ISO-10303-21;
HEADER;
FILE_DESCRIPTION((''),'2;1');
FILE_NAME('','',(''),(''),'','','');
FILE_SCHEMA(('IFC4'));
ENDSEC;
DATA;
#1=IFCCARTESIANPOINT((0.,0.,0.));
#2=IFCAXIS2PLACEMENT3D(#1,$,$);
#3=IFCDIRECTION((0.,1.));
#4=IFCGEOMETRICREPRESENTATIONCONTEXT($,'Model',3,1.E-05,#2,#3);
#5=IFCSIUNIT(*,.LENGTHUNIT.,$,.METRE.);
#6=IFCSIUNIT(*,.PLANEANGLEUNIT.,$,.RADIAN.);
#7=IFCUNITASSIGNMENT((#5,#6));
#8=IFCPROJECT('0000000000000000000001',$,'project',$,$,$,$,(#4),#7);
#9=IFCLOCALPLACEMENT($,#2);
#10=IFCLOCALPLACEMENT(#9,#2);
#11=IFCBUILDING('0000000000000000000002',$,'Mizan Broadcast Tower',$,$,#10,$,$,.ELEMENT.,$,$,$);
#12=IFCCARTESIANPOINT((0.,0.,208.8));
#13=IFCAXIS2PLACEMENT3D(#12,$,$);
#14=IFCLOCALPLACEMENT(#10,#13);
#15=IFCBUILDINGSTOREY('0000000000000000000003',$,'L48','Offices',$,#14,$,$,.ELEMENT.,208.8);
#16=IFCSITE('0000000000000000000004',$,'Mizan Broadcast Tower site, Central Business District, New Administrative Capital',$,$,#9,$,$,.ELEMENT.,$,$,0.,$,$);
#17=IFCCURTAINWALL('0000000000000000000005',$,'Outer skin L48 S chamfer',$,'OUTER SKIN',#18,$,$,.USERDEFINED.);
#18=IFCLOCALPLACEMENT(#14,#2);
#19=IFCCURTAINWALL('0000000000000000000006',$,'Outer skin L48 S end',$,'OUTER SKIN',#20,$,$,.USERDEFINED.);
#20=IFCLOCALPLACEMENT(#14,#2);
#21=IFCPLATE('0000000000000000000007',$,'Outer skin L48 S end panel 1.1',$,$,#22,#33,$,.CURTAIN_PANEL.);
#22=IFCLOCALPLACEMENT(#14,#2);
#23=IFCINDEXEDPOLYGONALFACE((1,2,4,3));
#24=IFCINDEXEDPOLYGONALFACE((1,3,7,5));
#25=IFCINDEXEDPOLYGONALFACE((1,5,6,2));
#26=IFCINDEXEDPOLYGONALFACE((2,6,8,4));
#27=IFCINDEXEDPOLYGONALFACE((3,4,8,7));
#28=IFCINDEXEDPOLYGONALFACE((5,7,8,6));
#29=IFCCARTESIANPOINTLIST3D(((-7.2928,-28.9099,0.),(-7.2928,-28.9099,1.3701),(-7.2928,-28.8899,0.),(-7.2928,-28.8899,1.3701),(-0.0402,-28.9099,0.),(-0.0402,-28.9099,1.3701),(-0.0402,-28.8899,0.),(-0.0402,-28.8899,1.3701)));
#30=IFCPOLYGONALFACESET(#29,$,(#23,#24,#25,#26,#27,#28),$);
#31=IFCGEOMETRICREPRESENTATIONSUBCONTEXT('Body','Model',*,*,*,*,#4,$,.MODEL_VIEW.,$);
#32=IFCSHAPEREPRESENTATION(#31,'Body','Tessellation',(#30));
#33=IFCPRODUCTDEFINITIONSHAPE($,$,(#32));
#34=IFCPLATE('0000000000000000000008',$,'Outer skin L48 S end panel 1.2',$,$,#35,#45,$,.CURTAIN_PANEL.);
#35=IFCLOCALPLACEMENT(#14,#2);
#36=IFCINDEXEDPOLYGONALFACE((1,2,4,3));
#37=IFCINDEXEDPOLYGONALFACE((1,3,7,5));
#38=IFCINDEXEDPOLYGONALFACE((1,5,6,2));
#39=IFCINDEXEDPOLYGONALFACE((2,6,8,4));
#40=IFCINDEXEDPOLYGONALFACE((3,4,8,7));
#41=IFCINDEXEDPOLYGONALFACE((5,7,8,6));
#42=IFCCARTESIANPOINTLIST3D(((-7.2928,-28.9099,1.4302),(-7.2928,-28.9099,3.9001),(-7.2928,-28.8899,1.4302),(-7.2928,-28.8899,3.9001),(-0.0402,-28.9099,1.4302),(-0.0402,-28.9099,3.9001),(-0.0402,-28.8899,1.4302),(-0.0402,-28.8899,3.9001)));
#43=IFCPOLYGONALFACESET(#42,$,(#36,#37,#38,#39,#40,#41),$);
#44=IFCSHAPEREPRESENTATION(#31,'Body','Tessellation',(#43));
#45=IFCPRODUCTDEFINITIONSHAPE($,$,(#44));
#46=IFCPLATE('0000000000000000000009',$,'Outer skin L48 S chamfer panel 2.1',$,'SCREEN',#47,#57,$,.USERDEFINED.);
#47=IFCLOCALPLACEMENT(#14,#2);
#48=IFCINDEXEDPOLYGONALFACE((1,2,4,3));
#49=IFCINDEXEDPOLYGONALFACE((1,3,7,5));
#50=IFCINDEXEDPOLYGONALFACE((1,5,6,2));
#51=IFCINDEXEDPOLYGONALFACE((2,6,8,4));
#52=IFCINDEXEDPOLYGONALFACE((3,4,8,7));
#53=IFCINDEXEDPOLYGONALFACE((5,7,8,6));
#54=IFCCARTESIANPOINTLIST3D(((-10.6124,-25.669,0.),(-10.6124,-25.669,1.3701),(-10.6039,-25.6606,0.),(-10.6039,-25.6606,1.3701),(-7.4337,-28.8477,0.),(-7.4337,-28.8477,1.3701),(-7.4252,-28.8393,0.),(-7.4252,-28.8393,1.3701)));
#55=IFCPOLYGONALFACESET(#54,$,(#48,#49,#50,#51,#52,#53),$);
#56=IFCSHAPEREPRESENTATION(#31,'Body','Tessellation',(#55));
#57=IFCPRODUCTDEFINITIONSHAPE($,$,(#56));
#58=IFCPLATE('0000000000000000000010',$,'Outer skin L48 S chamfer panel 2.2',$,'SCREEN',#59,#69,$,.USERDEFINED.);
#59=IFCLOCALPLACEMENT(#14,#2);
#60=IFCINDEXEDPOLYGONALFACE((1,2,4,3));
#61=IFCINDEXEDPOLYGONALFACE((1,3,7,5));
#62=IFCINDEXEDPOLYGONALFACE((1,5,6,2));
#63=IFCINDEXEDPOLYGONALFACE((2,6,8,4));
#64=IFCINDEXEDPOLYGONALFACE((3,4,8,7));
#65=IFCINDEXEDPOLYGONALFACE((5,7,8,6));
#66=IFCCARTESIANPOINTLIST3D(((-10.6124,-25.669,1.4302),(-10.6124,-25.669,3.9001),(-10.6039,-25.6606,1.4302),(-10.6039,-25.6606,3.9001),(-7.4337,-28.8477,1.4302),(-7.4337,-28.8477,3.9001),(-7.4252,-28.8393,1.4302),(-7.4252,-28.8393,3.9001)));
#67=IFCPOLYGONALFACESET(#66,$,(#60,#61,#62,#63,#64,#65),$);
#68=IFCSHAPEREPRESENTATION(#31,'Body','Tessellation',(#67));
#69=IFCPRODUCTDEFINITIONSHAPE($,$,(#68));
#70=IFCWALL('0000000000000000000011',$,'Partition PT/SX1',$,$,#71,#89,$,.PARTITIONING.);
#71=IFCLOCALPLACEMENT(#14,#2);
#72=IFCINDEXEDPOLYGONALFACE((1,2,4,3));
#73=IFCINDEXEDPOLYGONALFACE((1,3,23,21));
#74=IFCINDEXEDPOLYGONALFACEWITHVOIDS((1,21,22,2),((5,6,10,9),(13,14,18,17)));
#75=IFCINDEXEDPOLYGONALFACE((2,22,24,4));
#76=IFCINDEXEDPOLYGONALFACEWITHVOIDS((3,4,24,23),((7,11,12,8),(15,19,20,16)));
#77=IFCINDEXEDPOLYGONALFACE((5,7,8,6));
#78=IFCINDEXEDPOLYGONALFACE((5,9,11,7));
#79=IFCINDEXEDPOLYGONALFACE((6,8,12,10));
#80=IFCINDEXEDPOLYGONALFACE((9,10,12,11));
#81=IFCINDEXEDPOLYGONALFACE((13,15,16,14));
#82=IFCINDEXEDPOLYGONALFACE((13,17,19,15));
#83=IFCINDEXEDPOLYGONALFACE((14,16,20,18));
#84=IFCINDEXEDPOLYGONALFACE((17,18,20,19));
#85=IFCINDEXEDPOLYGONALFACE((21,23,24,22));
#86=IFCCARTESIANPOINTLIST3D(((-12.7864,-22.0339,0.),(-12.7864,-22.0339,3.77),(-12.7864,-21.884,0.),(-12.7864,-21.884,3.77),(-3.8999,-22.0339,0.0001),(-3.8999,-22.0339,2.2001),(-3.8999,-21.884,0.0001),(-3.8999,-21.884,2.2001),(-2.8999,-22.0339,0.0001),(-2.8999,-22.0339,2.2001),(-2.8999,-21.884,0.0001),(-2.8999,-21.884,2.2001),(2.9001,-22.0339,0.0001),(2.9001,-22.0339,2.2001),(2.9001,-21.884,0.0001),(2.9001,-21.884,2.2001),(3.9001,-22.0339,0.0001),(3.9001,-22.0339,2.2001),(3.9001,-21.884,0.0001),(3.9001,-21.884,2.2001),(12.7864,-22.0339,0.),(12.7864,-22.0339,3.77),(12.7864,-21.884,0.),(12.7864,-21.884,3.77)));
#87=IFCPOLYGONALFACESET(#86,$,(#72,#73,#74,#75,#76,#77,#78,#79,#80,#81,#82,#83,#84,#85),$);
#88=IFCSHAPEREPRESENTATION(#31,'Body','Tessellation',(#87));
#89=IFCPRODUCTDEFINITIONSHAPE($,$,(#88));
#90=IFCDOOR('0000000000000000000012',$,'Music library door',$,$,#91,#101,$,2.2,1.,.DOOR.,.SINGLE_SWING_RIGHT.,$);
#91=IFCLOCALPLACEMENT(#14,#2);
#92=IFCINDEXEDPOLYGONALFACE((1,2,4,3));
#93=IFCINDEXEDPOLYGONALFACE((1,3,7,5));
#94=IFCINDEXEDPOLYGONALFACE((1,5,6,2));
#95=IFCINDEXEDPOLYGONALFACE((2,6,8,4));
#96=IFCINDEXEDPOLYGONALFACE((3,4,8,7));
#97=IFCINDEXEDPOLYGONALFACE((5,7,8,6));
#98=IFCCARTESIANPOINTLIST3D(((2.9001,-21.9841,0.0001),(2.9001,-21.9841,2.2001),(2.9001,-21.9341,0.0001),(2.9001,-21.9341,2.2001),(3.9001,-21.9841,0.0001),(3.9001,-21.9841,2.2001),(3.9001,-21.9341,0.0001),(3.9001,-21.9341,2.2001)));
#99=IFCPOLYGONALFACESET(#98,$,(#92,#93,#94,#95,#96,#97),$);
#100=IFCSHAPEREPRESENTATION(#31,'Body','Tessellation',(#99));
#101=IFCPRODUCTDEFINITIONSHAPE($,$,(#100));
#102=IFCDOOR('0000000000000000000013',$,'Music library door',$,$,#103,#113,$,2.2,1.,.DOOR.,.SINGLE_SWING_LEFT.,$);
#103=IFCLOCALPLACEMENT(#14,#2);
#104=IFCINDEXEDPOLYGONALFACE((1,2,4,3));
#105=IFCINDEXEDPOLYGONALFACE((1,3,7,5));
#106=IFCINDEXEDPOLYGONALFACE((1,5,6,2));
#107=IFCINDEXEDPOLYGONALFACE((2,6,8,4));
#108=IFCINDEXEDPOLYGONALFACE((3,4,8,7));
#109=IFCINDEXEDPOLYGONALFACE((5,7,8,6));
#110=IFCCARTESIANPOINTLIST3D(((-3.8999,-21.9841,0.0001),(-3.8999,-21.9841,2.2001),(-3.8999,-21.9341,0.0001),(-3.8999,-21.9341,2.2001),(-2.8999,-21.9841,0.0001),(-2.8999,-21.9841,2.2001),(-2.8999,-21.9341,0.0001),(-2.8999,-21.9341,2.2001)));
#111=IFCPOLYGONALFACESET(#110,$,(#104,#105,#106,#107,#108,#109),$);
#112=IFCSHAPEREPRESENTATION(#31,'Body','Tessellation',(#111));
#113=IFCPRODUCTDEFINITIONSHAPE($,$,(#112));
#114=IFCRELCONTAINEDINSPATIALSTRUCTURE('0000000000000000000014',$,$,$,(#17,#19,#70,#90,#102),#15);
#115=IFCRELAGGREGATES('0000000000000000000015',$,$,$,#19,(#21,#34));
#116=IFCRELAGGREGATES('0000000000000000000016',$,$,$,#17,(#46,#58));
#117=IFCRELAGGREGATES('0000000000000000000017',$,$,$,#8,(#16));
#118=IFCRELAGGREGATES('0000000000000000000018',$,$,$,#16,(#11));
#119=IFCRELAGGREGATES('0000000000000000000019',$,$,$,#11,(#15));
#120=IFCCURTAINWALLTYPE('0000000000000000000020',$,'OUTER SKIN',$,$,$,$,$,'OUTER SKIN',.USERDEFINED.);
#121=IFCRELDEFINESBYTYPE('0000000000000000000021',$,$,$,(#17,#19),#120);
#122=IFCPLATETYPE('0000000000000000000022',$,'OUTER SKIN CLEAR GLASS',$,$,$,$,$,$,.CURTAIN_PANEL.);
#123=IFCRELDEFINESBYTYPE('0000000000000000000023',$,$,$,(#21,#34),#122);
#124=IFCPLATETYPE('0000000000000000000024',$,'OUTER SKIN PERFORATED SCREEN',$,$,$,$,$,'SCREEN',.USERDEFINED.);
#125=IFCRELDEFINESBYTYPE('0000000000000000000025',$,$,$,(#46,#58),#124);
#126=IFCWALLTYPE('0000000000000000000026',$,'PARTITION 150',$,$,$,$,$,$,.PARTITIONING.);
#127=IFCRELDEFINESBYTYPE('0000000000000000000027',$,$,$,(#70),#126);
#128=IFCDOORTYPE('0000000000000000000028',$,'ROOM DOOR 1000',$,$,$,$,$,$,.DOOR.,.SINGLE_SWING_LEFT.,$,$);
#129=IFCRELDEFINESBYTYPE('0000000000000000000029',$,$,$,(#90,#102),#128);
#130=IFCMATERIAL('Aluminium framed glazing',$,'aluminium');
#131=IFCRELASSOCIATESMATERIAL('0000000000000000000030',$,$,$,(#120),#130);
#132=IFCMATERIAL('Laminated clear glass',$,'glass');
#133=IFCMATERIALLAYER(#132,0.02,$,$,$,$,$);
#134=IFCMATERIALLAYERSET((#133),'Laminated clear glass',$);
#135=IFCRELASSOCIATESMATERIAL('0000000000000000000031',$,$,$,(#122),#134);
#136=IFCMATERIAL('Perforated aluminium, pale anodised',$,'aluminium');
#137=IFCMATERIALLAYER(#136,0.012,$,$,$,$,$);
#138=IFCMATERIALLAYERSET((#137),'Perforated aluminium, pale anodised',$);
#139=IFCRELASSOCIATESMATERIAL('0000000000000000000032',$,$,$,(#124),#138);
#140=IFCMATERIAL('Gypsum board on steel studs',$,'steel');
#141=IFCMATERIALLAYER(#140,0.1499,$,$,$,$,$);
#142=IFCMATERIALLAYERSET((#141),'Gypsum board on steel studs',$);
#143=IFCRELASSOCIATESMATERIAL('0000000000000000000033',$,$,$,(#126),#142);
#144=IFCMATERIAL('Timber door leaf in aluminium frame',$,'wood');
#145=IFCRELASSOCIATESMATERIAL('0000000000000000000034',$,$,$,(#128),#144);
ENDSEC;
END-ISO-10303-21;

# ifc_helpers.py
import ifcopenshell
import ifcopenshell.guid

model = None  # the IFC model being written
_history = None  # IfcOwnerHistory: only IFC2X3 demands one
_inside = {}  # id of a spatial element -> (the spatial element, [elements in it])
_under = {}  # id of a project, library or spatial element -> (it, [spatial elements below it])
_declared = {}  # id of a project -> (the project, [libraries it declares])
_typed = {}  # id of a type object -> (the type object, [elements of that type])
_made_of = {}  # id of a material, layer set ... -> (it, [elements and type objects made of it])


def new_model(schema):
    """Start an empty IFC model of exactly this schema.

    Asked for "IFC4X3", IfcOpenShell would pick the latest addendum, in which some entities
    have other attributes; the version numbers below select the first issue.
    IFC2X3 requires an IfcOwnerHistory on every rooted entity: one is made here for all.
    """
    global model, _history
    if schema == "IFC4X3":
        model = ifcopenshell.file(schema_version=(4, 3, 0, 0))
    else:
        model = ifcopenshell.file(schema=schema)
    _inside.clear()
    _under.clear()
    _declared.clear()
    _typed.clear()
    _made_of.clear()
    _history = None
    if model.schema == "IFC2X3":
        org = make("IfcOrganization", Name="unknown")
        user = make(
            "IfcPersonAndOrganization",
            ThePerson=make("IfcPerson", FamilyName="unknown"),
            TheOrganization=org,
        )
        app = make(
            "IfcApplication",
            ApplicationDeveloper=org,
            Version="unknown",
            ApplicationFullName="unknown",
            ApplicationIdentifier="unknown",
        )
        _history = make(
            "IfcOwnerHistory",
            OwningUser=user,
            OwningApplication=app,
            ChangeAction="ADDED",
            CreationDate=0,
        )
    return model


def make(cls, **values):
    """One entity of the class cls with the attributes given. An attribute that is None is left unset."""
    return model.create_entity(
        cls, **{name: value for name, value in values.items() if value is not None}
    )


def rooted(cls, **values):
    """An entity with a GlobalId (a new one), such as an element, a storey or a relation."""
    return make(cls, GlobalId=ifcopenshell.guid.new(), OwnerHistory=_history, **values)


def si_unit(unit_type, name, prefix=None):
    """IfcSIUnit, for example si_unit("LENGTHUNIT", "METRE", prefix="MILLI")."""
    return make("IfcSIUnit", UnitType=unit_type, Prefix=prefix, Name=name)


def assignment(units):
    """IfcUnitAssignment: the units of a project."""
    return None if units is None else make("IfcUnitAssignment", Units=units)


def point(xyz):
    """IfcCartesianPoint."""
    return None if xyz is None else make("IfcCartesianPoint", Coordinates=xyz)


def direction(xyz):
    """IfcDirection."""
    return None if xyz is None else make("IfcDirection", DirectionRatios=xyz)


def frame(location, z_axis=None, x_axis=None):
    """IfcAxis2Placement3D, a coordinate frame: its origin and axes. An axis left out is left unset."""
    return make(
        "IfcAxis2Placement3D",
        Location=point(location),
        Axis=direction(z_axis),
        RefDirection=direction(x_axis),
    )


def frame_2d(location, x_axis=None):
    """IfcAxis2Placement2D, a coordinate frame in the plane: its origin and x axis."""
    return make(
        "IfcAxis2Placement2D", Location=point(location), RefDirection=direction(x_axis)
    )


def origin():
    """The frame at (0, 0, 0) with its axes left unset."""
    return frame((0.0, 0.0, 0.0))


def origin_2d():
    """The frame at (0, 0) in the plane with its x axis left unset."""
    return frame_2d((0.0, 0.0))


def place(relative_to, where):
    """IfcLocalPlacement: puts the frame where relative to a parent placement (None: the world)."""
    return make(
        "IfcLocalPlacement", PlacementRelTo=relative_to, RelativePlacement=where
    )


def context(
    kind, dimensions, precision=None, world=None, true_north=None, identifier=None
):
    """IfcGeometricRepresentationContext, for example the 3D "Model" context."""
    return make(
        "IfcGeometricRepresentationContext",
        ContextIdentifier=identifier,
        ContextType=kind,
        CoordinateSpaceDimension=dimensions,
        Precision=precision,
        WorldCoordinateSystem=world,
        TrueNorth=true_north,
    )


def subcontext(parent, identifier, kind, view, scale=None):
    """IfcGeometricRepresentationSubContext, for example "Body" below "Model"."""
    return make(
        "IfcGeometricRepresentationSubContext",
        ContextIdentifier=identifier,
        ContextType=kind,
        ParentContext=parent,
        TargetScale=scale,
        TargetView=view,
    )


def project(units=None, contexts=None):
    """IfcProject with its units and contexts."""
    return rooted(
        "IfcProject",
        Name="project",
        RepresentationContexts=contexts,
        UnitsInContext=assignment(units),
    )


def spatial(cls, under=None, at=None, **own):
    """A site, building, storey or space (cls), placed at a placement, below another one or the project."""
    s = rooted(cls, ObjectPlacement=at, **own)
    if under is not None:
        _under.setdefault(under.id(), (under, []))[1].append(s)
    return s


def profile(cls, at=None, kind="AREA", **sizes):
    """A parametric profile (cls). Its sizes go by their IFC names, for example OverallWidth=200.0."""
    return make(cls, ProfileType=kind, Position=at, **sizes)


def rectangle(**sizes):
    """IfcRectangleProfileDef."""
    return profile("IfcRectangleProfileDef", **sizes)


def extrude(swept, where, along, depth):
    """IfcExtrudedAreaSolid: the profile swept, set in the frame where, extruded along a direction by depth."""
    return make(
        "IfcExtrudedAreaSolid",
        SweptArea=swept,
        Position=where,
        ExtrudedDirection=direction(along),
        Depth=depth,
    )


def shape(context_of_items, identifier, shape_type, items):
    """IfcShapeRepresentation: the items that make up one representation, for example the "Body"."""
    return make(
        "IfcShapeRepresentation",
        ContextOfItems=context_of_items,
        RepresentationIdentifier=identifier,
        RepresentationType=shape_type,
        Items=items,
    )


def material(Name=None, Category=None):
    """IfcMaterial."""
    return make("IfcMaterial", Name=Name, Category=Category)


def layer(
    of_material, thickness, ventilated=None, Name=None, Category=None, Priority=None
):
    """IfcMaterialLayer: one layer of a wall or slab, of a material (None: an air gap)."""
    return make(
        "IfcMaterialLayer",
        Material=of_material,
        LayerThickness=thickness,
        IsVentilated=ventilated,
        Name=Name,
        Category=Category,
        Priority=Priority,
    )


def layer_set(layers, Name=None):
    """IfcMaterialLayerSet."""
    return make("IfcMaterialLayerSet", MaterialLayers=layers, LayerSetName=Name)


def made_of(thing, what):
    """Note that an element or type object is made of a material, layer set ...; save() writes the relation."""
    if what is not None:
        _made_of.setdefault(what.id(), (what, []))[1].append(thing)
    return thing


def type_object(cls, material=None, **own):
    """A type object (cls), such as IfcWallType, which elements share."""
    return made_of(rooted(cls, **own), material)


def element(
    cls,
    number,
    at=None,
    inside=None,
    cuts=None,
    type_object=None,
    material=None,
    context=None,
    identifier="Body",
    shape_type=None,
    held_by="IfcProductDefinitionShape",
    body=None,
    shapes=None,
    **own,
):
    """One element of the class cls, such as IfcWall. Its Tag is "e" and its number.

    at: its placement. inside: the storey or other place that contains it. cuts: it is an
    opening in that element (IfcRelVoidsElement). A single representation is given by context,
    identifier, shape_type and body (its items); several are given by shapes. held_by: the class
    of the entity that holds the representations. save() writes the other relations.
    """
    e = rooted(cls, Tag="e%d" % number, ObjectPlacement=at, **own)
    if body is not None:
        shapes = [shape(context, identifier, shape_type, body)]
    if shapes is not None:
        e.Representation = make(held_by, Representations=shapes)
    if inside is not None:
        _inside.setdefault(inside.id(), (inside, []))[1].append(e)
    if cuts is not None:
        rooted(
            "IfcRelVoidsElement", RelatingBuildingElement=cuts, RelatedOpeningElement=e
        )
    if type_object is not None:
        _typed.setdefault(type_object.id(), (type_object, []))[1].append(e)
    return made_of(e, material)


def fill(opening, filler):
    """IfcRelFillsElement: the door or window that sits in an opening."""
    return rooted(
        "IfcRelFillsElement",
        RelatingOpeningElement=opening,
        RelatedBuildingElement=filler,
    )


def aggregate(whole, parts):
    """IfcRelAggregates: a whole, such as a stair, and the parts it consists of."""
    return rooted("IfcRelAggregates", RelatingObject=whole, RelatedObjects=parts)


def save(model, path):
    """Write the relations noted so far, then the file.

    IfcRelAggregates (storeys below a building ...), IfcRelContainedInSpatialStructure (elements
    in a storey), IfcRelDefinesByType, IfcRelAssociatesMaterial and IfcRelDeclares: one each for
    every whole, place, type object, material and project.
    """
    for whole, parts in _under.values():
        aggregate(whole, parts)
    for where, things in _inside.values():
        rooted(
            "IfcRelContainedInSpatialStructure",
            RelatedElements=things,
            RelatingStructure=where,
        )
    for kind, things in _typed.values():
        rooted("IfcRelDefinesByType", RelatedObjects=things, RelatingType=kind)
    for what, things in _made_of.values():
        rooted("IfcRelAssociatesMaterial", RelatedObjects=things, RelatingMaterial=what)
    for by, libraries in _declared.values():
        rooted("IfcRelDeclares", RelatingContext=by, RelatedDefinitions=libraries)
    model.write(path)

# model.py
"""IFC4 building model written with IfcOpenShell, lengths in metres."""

from ifc_helpers import new_model, si_unit, direction, frame, frame_2d, origin, origin_2d, place, context, subcontext, project, spatial, rectangle, extrude, material, layer, layer_set, type_object, element, fill, aggregate, save


model = new_model("IFC4")

# Units and contexts
model_context = context("Model", 3, precision=1e-05, world=origin(), true_north=direction((0.0, 1.0)))
body_context = subcontext(model_context, "Body", "Model", "MODEL_VIEW")
ifc_project = project(units=[si_unit("LENGTHUNIT", "METRE"), si_unit("PLANEANGLEUNIT", "RADIAN")], contexts=[model_context])

# Site, building, storey
site_placement = place(None, origin())
site = spatial("IfcSite", under=ifc_project, at=site_placement, Name="Mizan Broadcast Tower site, Central Business District, New Administrative Capital", CompositionType="ELEMENT", RefElevation=0.0)
building_placement = place(site_placement, origin())
building = spatial("IfcBuilding", under=site, at=building_placement, Name="Mizan Broadcast Tower", CompositionType="ELEMENT")
storey_placement = place(building_placement, frame((0.0, 0.0, 208.8)))
storey = spatial("IfcBuildingStorey", under=building, at=storey_placement, Name="L48", Description="Offices", CompositionType="ELEMENT", Elevation=208.8)

# Curtain wall
ifc_material_1 = material(Name="Aluminium framed glazing", Category="aluminium")
curtain_wall_type_1 = type_object("IfcCurtainWallType", Name="OUTER SKIN", ElementType="OUTER SKIN", PredefinedType="USERDEFINED", material=ifc_material_1)
curtain_wall_1_placement = place(storey_placement, origin())
curtain_wall_1 = element("IfcCurtainWall", 1, at=curtain_wall_1_placement, inside=storey, type_object=curtain_wall_type_1, Name="Outer skin L48 S chamfer", ObjectType="OUTER SKIN", PredefinedType="USERDEFINED")

# Curtain wall
curtain_wall_2_placement = place(storey_placement, origin())
curtain_wall_2 = element("IfcCurtainWall", 2, at=curtain_wall_2_placement, inside=storey, type_object=curtain_wall_type_1, Name="Outer skin L48 S end", ObjectType="OUTER SKIN", PredefinedType="USERDEFINED")

# Plates
ifc_material_2 = material(Name="Laminated clear glass", Category="glass")
ifc_layer_1 = layer(ifc_material_2, 0.02)
ifc_layer_set_1 = layer_set([ifc_layer_1], Name="Laminated clear glass")
plate_type_1 = type_object("IfcPlateType", Name="OUTER SKIN CLEAR GLASS", PredefinedType="CURTAIN_PANEL", material=ifc_layer_set_1)
plate_1_placement = place(storey_placement, frame((-3.6665, -28.8999, 0.0), z_axis=(0.0, 0.0, 1.0), x_axis=(1.0, 0.0, 0.0)))
plate_1 = element("IfcPlate", 3, at=plate_1_placement, type_object=plate_type_1, Name="Outer skin L48 S end panel 1.1", PredefinedType="CURTAIN_PANEL", context=body_context, shape_type="SweptSolid", body=[
    extrude(rectangle(XDim=7.2527, YDim=0.02, at=origin_2d()), origin(), (0.0, 0.0, 1.0), 1.3701),
])
plate_2_placement = place(storey_placement, frame((-3.6665, -28.8999, 1.4302), z_axis=(0.0, 0.0, 1.0), x_axis=(1.0, 0.0, 0.0)))
plate_2 = element("IfcPlate", 4, at=plate_2_placement, type_object=plate_type_1, Name="Outer skin L48 S end panel 1.2", PredefinedType="CURTAIN_PANEL", context=body_context, shape_type="SweptSolid", body=[
    extrude(rectangle(XDim=7.2527, YDim=0.02, at=origin_2d()), origin(), (0.0, 0.0, 1.0), 2.47),
])
aggregate(curtain_wall_2, [plate_1, plate_2])
ifc_material_3 = material(Name="Perforated aluminium, pale anodised", Category="aluminium")
ifc_layer_2 = layer(ifc_material_3, 0.012)
ifc_layer_set_2 = layer_set([ifc_layer_2], Name="Perforated aluminium, pale anodised")
plate_type_2 = type_object("IfcPlateType", Name="OUTER SKIN PERFORATED SCREEN", ElementType="SCREEN", PredefinedType="USERDEFINED", material=ifc_layer_set_2)
plate_3_placement = place(storey_placement, frame((-9.0188, -27.2542, 0.0), z_axis=(0.0, 0.0, 1.0), x_axis=(0.707107, -0.707107, 0.0)))
plate_3 = element("IfcPlate", 5, at=plate_3_placement, type_object=plate_type_2, Name="Outer skin L48 S chamfer panel 2.1", ObjectType="SCREEN", PredefinedType="USERDEFINED", context=body_context, shape_type="SweptSolid", body=[
    extrude(rectangle(XDim=4.4954, YDim=0.012, at=origin_2d()), origin(), (0.0, 0.0, 1.0), 1.3701),
])
plate_4_placement = place(storey_placement, frame((-9.0188, -27.2542, 1.4302), z_axis=(0.0, 0.0, 1.0), x_axis=(0.707107, -0.707107, 0.0)))
plate_4 = element("IfcPlate", 6, at=plate_4_placement, type_object=plate_type_2, Name="Outer skin L48 S chamfer panel 2.2", ObjectType="SCREEN", PredefinedType="USERDEFINED", context=body_context, shape_type="SweptSolid", body=[
    extrude(rectangle(XDim=4.4954, YDim=0.012, at=origin_2d()), origin(), (0.0, 0.0, 1.0), 2.47),
])
aggregate(curtain_wall_1, [plate_3, plate_4])

# Wall, openings, doors
ifc_material_4 = material(Name="Gypsum board on steel studs", Category="steel")
ifc_layer_3 = layer(ifc_material_4, 0.1499)
ifc_layer_set_3 = layer_set([ifc_layer_3], Name="Gypsum board on steel studs")
wall_type = type_object("IfcWallType", Name="PARTITION 150", PredefinedType="PARTITIONING", material=ifc_layer_set_3)
wall_placement = place(storey_placement, frame((-12.7864, -21.959, 0.0), z_axis=(0.0, 0.0, 1.0), x_axis=(1.0, 0.0, 0.0)))
wall = element("IfcWall", 7, at=wall_placement, inside=storey, type_object=wall_type, Name="Partition PT/SX1", PredefinedType="PARTITIONING", context=body_context, shape_type="SweptSolid", body=[
    extrude(rectangle(XDim=25.5728, YDim=0.1499, at=frame_2d((12.7864, 0.0))), origin(), (0.0, 0.0, 1.0), 3.77),
])
opening_1_placement = place(wall_placement, frame((15.6865, 0.0, 0.0)))
opening_1 = element("IfcOpeningElement", 8, at=opening_1_placement, cuts=wall, PredefinedType="OPENING", context=body_context, shape_type="SweptSolid", body=[
    extrude(rectangle(XDim=1.0, YDim=2.2, at=frame_2d((0.5, 1.1001))), frame((0.0, 0.085, 0.0), z_axis=(0.0, -1.0, 0.0), x_axis=(1.0, 0.0, 0.0)), (0.0, 0.0, 1.0), 0.1699),
])
opening_2_placement = place(wall_placement, frame((8.8865, 0.0, 0.0)))
opening_2 = element("IfcOpeningElement", 9, at=opening_2_placement, cuts=wall, PredefinedType="OPENING", context=body_context, shape_type="SweptSolid", body=[
    extrude(rectangle(XDim=1.0, YDim=2.2, at=frame_2d((0.5, 1.1001))), frame((0.0, 0.085, 0.0), z_axis=(0.0, -1.0, 0.0), x_axis=(1.0, 0.0, 0.0)), (0.0, 0.0, 1.0), 0.1699),
])
ifc_material_5 = material(Name="Timber door leaf in aluminium frame", Category="wood")
door_type = type_object("IfcDoorType", Name="ROOM DOOR 1000", OperationType="SINGLE_SWING_LEFT", PredefinedType="DOOR", material=ifc_material_5)
door_1_placement = place(opening_1_placement, origin())
door_1 = element("IfcDoor", 10, at=door_1_placement, inside=storey, type_object=door_type, Name="Music library door", OperationType="SINGLE_SWING_RIGHT", OverallHeight=2.2, OverallWidth=1.0, PredefinedType="DOOR", context=body_context, shape_type="SweptSolid", body=[
    extrude(rectangle(XDim=1.0, YDim=2.2, at=frame_2d((0.5, 1.1001))), frame((0.0, 0.0249, 0.0), z_axis=(0.0, -1.0, 0.0), x_axis=(1.0, 0.0, 0.0)), (0.0, 0.0, 1.0), 0.05),
])
fill(opening_1, door_1)
door_2_placement = place(opening_2_placement, origin())
door_2 = element("IfcDoor", 11, at=door_2_placement, inside=storey, type_object=door_type, Name="Music library door", OperationType="SINGLE_SWING_LEFT", OverallHeight=2.2, OverallWidth=1.0, PredefinedType="DOOR", context=body_context, shape_type="SweptSolid", body=[
    extrude(rectangle(XDim=1.0, YDim=2.2, at=frame_2d((0.5, 1.1001))), frame((0.0, 0.0249, 0.0), z_axis=(0.0, -1.0, 0.0), x_axis=(1.0, 0.0, 0.0)), (0.0, 0.0, 1.0), 0.05),
])
fill(opening_2, door_2)

save(model, "model.ifc")
